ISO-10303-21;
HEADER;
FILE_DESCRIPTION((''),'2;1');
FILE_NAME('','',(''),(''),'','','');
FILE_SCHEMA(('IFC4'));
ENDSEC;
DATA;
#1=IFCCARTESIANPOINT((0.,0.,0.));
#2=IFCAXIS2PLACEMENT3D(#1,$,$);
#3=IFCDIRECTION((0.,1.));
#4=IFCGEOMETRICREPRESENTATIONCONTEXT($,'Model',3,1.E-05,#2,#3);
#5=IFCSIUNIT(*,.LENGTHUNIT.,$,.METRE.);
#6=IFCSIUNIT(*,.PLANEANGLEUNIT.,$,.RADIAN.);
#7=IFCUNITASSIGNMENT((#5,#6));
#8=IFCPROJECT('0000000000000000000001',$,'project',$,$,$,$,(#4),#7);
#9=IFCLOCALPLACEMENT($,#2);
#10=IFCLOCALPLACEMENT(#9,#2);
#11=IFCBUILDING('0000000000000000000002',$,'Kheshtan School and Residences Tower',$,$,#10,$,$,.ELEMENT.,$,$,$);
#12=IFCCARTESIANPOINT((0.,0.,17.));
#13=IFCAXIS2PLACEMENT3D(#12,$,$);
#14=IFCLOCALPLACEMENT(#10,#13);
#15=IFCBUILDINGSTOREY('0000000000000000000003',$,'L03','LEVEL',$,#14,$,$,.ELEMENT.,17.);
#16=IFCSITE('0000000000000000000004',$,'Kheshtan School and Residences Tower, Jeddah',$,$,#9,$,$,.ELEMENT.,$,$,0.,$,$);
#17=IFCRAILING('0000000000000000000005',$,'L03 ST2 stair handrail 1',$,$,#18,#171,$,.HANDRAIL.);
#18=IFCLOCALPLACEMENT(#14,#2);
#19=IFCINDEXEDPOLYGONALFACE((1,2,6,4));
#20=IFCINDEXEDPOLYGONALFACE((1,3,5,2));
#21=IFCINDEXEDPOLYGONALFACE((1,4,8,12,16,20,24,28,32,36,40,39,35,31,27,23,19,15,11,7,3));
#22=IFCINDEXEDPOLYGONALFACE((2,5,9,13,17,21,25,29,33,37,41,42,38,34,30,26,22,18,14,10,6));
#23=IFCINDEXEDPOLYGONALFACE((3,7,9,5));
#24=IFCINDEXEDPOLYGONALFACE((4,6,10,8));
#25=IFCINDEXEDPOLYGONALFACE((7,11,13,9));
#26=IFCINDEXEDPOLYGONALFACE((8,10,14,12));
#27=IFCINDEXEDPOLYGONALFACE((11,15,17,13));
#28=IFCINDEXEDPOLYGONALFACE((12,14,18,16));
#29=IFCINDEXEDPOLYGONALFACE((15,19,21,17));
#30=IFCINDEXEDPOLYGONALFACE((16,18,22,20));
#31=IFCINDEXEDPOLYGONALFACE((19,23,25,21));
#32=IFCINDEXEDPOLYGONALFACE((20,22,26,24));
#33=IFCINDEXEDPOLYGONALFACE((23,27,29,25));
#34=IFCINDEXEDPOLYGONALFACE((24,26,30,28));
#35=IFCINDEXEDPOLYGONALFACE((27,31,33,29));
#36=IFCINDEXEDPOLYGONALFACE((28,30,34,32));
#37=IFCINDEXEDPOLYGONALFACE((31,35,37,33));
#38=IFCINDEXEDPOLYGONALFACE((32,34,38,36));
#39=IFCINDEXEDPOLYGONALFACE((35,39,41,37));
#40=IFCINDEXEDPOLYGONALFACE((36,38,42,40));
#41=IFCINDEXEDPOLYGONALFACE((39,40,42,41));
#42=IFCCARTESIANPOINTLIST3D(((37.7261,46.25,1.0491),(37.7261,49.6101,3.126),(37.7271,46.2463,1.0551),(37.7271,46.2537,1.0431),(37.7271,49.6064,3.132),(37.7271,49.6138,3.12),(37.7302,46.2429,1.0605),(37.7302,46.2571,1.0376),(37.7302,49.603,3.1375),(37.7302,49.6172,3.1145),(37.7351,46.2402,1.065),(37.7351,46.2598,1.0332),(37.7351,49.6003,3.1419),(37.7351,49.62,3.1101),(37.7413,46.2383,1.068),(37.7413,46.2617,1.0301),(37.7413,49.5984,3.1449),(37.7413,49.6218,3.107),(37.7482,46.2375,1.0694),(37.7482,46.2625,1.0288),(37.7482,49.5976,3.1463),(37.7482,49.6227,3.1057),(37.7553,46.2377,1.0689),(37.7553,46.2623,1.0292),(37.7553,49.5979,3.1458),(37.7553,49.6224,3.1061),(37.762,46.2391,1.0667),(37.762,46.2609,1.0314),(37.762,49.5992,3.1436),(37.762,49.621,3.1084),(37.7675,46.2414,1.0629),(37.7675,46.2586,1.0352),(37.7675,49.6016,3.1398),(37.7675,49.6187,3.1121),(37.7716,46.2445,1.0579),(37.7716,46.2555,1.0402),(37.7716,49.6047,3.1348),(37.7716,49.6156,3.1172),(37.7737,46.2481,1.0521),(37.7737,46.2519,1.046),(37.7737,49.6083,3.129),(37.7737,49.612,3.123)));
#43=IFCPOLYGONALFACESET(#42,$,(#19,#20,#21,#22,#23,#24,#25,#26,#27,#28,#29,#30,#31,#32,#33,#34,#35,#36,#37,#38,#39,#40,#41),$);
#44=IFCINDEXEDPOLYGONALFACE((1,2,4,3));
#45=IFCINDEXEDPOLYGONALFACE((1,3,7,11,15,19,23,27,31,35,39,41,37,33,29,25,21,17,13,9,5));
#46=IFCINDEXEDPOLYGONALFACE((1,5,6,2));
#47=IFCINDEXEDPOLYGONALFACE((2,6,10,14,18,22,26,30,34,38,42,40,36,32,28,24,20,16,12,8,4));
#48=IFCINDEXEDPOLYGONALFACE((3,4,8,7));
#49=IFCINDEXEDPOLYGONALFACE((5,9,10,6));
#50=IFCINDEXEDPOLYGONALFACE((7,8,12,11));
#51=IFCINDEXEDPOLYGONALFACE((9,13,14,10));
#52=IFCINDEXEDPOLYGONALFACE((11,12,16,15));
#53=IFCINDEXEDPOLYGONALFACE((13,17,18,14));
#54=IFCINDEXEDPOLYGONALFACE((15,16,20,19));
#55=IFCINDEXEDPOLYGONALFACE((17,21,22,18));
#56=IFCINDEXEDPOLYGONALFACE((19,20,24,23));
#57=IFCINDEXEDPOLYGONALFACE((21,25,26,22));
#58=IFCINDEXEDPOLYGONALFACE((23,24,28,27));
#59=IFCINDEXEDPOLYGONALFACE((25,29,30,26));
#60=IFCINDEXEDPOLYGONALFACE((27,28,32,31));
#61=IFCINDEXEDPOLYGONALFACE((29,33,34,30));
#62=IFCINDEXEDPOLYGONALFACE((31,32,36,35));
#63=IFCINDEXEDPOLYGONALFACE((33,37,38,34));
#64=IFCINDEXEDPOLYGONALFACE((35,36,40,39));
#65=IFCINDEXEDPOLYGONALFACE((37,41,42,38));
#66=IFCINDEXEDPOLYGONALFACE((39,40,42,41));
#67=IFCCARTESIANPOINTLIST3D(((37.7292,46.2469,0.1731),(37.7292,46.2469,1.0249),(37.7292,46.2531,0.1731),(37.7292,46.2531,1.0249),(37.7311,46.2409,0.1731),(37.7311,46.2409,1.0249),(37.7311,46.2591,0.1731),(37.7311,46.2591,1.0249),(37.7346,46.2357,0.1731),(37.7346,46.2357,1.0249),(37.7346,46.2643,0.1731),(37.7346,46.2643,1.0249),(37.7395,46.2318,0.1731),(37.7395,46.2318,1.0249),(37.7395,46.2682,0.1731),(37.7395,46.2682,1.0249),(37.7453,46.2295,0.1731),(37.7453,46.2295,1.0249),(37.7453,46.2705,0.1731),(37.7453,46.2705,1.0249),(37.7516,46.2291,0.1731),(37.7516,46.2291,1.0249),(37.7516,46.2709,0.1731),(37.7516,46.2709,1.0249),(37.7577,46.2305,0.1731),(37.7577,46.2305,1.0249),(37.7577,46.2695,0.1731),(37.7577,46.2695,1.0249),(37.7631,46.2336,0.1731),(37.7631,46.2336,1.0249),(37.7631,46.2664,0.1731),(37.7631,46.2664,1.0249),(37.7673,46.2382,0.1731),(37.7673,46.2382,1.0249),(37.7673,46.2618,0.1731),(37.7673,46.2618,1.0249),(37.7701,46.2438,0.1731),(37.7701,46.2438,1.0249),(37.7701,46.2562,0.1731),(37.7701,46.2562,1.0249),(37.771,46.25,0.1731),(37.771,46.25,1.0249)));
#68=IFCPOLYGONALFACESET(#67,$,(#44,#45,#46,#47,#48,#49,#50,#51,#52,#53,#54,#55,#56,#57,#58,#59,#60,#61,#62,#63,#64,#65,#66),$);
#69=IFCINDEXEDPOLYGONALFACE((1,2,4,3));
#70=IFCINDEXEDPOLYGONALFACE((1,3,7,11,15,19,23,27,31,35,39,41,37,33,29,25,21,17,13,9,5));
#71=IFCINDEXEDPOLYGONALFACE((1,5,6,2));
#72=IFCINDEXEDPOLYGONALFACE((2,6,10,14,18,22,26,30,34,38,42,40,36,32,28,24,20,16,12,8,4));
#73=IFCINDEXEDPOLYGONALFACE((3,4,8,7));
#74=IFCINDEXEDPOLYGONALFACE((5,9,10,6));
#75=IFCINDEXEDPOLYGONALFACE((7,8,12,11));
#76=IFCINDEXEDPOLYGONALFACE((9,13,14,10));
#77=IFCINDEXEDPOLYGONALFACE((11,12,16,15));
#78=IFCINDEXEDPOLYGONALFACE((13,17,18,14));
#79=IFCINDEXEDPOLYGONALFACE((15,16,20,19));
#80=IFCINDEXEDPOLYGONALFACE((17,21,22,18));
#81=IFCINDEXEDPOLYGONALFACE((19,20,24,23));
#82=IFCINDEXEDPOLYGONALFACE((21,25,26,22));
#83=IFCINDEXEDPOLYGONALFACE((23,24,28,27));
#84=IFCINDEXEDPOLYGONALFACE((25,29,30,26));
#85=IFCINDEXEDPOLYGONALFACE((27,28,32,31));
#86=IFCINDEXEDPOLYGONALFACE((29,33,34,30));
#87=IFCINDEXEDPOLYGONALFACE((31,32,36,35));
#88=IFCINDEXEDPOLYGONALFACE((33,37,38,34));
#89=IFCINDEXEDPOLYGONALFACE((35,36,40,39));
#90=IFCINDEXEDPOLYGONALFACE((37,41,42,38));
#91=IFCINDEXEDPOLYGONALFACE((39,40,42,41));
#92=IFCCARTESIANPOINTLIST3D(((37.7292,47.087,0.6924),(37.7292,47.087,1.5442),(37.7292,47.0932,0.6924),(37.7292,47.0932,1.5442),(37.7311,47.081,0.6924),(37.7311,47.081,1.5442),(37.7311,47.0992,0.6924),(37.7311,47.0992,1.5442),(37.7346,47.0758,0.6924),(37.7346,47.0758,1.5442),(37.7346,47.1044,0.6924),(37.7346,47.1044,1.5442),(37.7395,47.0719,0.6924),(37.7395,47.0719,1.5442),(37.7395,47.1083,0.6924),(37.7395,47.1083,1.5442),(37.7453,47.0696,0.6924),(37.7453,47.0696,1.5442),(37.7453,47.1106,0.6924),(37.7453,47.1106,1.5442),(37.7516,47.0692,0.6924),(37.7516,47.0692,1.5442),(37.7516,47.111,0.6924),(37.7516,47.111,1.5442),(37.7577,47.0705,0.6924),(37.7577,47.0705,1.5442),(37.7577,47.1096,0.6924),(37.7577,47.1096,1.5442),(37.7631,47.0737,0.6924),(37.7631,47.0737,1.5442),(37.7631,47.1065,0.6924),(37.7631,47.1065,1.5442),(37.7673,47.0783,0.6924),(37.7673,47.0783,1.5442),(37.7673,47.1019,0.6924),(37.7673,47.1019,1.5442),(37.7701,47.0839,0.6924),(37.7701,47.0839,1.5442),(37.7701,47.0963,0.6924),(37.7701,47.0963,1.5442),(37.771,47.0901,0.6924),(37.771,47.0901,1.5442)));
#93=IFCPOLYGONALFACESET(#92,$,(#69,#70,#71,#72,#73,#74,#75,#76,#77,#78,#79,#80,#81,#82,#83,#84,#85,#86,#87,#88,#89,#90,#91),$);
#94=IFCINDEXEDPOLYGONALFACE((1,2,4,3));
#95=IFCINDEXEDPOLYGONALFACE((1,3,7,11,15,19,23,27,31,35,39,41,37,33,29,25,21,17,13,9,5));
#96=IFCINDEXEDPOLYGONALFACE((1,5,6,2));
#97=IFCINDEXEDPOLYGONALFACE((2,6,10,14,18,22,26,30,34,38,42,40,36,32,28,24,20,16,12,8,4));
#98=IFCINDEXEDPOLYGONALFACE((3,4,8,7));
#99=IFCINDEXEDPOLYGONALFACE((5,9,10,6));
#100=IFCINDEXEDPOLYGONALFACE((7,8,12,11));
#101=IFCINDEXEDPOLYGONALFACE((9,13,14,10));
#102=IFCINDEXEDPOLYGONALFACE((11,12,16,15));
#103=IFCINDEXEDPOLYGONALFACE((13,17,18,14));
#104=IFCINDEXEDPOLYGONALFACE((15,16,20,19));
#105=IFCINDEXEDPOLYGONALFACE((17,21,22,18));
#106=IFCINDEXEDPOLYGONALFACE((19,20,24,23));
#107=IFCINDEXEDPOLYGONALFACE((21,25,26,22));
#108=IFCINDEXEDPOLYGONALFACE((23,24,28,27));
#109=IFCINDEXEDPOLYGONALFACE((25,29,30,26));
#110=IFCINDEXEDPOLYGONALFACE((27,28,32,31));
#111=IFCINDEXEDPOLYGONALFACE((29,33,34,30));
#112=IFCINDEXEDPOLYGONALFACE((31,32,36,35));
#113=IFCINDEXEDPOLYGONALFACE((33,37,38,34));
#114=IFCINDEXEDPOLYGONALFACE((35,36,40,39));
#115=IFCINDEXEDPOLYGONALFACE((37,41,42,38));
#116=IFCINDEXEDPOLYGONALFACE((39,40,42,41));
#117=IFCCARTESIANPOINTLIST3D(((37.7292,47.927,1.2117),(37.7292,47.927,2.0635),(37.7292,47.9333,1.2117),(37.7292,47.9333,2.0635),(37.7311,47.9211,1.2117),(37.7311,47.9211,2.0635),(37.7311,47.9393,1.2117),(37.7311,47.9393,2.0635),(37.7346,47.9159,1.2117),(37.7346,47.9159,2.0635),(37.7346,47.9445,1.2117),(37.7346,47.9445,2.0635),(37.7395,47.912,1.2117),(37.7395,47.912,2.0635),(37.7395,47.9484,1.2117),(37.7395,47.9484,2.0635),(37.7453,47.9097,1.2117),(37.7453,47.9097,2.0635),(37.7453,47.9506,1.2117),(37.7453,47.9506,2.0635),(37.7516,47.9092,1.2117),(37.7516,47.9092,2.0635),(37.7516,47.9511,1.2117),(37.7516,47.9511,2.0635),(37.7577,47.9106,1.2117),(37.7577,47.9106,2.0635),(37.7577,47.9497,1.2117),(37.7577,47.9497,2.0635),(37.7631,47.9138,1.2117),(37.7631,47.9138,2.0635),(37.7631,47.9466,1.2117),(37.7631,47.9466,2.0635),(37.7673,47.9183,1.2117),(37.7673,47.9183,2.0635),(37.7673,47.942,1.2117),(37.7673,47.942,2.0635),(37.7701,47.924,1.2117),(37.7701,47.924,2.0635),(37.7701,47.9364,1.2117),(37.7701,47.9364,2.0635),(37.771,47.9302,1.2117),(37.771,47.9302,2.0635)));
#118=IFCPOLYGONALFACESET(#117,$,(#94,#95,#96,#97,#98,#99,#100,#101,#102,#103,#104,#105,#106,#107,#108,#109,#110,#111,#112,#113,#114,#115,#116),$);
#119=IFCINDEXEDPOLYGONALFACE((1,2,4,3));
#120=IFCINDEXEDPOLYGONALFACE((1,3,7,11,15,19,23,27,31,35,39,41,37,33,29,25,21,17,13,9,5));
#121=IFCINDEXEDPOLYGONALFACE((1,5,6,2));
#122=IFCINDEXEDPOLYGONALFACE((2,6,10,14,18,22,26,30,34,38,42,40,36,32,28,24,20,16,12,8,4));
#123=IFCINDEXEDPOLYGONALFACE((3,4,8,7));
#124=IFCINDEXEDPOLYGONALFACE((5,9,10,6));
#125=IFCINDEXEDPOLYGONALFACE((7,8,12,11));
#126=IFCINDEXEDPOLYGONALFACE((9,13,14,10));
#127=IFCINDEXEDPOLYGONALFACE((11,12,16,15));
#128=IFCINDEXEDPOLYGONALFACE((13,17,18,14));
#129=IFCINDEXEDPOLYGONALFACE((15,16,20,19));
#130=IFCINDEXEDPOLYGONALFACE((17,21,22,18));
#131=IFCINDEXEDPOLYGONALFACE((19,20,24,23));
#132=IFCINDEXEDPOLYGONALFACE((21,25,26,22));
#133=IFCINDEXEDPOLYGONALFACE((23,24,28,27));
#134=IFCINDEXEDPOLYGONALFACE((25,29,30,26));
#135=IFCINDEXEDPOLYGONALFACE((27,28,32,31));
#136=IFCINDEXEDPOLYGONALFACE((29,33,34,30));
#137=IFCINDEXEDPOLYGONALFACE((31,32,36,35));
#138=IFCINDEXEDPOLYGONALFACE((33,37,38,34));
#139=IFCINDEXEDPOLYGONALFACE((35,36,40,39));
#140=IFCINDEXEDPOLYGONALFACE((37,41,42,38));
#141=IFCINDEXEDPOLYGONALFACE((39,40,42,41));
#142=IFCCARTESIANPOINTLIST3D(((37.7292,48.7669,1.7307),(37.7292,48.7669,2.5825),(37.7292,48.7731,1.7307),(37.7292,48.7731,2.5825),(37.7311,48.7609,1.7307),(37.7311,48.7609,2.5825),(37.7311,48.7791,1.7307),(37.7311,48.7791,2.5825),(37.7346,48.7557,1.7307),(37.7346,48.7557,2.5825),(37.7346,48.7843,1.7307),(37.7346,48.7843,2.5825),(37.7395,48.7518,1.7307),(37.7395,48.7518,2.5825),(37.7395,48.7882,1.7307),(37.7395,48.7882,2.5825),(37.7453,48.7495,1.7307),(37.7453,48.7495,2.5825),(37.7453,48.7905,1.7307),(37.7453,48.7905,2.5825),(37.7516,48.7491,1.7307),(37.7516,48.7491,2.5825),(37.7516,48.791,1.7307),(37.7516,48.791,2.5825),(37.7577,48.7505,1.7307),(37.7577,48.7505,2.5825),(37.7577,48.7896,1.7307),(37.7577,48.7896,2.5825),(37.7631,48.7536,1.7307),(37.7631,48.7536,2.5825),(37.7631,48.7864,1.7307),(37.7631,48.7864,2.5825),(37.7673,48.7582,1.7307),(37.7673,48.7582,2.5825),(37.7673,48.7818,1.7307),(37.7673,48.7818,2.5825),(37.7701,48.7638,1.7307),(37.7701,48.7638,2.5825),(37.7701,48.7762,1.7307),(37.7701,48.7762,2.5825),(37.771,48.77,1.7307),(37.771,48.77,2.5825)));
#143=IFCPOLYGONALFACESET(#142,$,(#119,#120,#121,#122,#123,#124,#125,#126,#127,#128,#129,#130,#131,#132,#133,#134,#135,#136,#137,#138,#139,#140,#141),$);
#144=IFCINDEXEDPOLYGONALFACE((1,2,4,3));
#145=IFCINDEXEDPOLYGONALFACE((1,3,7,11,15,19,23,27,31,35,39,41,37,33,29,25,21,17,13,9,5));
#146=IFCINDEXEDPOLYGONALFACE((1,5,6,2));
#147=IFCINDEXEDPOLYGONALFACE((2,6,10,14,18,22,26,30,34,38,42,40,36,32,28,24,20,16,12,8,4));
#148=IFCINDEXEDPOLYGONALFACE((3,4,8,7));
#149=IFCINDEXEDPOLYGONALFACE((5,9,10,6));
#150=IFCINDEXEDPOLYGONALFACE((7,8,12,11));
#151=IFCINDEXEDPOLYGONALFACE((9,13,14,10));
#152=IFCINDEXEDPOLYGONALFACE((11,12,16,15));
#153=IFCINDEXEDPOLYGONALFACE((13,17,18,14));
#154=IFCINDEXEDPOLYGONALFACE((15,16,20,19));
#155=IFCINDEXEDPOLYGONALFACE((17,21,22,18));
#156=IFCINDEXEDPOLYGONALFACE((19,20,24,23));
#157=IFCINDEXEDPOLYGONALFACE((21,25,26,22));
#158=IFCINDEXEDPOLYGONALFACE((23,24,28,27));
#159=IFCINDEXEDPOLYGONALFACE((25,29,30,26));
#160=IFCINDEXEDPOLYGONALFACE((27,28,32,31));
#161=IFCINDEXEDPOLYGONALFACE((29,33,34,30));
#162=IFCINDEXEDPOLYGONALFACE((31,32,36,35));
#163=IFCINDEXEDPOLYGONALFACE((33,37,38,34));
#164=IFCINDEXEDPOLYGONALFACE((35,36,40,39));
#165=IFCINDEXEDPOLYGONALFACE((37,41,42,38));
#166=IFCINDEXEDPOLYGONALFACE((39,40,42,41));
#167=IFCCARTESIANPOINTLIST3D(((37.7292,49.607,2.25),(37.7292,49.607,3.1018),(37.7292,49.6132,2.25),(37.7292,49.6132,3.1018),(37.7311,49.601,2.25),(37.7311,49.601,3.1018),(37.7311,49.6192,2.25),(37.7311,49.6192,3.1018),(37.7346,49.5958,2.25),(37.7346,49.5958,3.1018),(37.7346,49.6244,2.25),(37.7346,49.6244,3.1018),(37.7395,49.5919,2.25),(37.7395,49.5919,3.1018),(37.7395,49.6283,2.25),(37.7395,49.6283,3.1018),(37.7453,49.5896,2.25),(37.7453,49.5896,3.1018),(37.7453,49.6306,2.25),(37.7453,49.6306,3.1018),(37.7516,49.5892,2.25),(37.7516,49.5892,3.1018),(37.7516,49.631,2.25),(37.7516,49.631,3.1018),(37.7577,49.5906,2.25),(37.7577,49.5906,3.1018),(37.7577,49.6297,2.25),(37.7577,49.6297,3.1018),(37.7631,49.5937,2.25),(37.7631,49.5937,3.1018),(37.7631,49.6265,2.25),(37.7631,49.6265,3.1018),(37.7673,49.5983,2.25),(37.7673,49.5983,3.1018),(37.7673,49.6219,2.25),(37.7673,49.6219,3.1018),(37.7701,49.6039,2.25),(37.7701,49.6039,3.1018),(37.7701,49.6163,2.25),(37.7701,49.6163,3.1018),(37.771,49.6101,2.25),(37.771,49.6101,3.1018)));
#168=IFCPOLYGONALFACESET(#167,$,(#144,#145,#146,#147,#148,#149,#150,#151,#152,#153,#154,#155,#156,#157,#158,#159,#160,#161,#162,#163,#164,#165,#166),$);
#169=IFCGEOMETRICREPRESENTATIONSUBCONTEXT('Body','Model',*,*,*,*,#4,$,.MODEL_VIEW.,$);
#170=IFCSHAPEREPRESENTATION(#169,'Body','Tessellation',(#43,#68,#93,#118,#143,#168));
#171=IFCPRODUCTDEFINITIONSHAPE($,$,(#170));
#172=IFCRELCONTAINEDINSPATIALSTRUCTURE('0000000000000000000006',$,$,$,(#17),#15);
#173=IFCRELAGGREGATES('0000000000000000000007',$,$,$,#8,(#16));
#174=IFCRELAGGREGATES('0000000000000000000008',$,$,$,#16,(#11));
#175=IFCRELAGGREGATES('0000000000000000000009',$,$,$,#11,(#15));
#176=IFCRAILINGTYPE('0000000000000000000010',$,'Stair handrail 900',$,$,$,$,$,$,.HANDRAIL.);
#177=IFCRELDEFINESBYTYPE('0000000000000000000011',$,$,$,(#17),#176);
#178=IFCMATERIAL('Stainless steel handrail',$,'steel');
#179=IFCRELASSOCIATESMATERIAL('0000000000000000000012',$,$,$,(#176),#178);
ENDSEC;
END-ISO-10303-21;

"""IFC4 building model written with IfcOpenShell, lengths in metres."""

from ifc_helpers import new_model, si_unit, direction, frame, origin, origin_2d, place, context, subcontext, project, spatial, circle, extrude, material, type_object, element, save


model = new_model("IFC4")

# Units and contexts
model_context = context("Model", 3, precision=1e-05, world=origin(), true_north=direction((0.0, 1.0)))
body_context = subcontext(model_context, "Body", "Model", "MODEL_VIEW")
ifc_project = project(units=[si_unit("LENGTHUNIT", "METRE"), si_unit("PLANEANGLEUNIT", "RADIAN")], contexts=[model_context])

# Site, building, storey
site_placement = place(None, origin())
site = spatial("IfcSite", under=ifc_project, at=site_placement, Name="Kheshtan School and Residences Tower, Jeddah", CompositionType="ELEMENT", RefElevation=0.0)
building_placement = place(site_placement, origin())
building = spatial("IfcBuilding", under=site, at=building_placement, Name="Kheshtan School and Residences Tower", CompositionType="ELEMENT")
storey_placement = place(building_placement, frame((0.0, 0.0, 17.0)))
storey = spatial("IfcBuildingStorey", under=building, at=storey_placement, Name="L03", Description="LEVEL", CompositionType="ELEMENT", Elevation=17.0)

# Railing
ifc_material_1 = material(Name="Stainless steel handrail", Category="steel")
railing_type_1 = type_object("IfcRailingType", Name="Stair handrail 900", PredefinedType="HANDRAIL", material=ifc_material_1)
railing_1_placement = place(storey_placement, frame((37.75, 46.25, 0.1731)))
element("IfcRailing", 1, at=railing_1_placement, inside=storey, type_object=railing_type_1, Name="L03 ST2 stair handrail 1", PredefinedType="HANDRAIL", context=body_context, shape_type="SweptSolid", body=[
    extrude(circle(Radius=0.0239, at=origin_2d()), frame((0.0, 0.0, 0.876), z_axis=(0.0, 0.850623, 0.525776), x_axis=(-1.0, 0.0, 0.0)), (0.0, 0.0, 1.0), 3.9502),
    extrude(circle(Radius=0.021, at=origin_2d()), origin(), (0.0, 0.0, 1.0), 0.8518),
    extrude(circle(Radius=0.021, at=origin_2d()), frame((0.0, 0.8401, 0.5193)), (0.0, 0.0, 1.0), 0.8518),
    extrude(circle(Radius=0.021, at=origin_2d()), frame((0.0, 1.6802, 1.0386)), (0.0, 0.0, 1.0), 0.8518),
    extrude(circle(Radius=0.021, at=origin_2d()), frame((0.0, 2.52, 1.5576)), (0.0, 0.0, 1.0), 0.8518),
    extrude(circle(Radius=0.021, at=origin_2d()), frame((0.0, 3.3601, 2.0769)), (0.0, 0.0, 1.0), 0.8518),
])

save(model, "model.ifc")
